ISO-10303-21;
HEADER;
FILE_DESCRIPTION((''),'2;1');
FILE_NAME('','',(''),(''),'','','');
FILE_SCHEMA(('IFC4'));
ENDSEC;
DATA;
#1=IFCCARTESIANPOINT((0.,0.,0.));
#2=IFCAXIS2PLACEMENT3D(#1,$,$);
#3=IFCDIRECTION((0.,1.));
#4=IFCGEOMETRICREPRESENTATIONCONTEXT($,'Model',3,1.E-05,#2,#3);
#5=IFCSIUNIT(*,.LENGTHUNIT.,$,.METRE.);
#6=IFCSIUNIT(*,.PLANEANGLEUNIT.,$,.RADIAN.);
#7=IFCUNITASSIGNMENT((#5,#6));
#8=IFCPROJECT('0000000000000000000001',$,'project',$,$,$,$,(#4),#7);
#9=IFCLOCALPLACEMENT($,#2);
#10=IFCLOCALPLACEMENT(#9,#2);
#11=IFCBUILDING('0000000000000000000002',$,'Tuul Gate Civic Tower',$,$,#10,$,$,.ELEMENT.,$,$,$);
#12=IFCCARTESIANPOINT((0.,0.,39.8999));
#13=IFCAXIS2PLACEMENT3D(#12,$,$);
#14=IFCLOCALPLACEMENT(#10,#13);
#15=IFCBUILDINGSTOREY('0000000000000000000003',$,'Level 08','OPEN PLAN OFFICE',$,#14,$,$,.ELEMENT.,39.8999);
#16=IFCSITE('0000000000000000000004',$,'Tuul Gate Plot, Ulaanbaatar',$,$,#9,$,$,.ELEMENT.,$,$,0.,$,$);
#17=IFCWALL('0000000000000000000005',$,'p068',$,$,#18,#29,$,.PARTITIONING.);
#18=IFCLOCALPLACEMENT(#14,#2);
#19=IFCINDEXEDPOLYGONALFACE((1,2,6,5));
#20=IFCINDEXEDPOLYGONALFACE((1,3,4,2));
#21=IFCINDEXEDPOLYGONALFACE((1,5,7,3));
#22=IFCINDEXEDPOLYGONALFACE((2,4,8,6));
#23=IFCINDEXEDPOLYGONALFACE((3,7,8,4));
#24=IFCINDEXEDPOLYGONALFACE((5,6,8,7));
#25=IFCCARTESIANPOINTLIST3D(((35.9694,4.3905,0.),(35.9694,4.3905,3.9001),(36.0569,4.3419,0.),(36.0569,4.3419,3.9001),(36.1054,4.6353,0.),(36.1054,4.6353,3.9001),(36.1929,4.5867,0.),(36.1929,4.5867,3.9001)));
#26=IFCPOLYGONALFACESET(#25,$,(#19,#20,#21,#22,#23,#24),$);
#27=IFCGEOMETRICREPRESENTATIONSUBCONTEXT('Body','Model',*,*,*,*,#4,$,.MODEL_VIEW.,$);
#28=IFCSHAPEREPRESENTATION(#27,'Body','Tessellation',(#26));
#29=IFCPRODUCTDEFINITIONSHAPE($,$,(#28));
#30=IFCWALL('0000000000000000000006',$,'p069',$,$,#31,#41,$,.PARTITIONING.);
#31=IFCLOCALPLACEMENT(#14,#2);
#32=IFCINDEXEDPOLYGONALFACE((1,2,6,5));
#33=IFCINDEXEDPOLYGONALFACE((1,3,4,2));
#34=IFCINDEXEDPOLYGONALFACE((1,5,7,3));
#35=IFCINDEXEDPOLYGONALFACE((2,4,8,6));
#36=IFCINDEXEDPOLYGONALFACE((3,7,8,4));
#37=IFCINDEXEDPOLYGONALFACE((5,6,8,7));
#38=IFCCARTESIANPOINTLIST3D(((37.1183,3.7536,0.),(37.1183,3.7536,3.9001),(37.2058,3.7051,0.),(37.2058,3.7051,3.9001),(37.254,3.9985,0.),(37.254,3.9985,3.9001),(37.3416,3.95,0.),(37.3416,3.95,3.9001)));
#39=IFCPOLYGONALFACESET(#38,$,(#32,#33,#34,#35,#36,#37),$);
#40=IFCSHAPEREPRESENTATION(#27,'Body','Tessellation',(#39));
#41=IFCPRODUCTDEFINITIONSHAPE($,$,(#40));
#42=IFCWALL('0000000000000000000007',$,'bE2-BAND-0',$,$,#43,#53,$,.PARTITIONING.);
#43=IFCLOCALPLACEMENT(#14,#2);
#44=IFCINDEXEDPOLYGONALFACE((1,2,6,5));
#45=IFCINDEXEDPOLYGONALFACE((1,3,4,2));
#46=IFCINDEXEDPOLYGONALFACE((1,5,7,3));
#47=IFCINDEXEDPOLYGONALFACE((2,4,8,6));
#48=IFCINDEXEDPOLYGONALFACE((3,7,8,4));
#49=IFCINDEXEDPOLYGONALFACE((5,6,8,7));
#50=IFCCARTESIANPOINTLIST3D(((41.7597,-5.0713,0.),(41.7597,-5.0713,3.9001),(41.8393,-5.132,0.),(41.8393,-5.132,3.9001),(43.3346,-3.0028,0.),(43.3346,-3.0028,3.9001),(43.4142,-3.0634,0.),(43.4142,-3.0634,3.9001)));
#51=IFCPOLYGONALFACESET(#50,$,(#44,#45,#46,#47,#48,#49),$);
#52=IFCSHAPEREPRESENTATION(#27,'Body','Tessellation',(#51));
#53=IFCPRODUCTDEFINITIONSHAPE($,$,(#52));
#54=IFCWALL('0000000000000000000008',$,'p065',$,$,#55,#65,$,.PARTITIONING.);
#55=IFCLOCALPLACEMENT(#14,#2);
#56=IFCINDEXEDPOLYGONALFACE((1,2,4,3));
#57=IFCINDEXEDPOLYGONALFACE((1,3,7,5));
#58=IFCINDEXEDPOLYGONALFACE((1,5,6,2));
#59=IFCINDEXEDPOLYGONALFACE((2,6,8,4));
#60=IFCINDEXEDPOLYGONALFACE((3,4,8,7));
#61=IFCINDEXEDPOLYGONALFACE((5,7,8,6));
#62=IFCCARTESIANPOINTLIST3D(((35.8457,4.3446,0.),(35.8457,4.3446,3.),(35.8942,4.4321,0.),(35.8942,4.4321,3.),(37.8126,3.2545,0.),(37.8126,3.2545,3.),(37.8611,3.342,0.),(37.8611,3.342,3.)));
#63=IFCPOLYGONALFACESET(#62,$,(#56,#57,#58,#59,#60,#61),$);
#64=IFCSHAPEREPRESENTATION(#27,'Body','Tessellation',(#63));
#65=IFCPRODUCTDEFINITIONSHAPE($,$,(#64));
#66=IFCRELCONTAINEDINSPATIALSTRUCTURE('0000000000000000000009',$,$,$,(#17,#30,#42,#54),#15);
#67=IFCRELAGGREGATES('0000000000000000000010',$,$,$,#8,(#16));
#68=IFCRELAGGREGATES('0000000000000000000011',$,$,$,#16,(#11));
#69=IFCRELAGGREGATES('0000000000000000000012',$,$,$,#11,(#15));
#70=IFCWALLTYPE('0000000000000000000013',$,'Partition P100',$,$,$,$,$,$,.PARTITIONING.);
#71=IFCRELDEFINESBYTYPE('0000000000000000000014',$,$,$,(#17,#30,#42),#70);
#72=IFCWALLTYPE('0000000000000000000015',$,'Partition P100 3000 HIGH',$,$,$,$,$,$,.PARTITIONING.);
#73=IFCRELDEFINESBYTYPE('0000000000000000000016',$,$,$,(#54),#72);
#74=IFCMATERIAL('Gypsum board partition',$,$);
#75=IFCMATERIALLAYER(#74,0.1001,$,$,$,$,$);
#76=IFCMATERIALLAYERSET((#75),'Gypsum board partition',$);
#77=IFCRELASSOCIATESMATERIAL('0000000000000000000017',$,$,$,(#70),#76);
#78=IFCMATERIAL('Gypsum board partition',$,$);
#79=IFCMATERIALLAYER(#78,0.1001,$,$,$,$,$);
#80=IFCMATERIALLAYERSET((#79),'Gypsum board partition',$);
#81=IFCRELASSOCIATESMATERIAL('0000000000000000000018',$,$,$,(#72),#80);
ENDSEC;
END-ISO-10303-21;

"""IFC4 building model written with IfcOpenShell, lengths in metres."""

from ifc_helpers import new_model, si_unit, direction, frame, frame_2d, origin, place, context, subcontext, project, spatial, rectangle, extrude, material, layer, layer_set, type_object, element, save


model = new_model("IFC4")

# Units and contexts
model_context = context("Model", 3, precision=1e-05, world=origin(), true_north=direction((0.0, 1.0)))
body_context = subcontext(model_context, "Body", "Model", "MODEL_VIEW")
ifc_project = project(units=[si_unit("LENGTHUNIT", "METRE"), si_unit("PLANEANGLEUNIT", "RADIAN")], contexts=[model_context])

# Site, building, storey
site_placement = place(None, origin())
site = spatial("IfcSite", under=ifc_project, at=site_placement, Name="Tuul Gate Plot, Ulaanbaatar", CompositionType="ELEMENT", RefElevation=0.0)
building_placement = place(site_placement, origin())
building = spatial("IfcBuilding", under=site, at=building_placement, Name="Tuul Gate Civic Tower", CompositionType="ELEMENT")
storey_placement = place(building_placement, frame((0.0, 0.0, 39.8999)))
storey = spatial("IfcBuildingStorey", under=building, at=storey_placement, Name="Level 08", Description="OPEN PLAN OFFICE", CompositionType="ELEMENT", Elevation=39.8999)

# Walls
ifc_material_1 = material(Name="Gypsum board partition")
ifc_layer_1 = layer(ifc_material_1, 0.1001)
ifc_layer_set_1 = layer_set([ifc_layer_1], Name="Gypsum board partition")
wall_type_1 = type_object("IfcWallType", Name="Partition P100", PredefinedType="PARTITIONING", material=ifc_layer_set_1)
for number, where, z_axis, x_axis, name in (
    (1, (36.1492, 4.6111, 0.0), (0.0, 0.0, 1.0), (-0.485495, -0.874239, 0.0), "p068"),
    (2, (37.2979, 3.9744, 0.0), (0.0, 0.0, 1.0), (-0.484828, -0.874609, 0.0), "p069"),
):
    element("IfcWall", number, at=place(storey_placement, frame(where, z_axis=z_axis, x_axis=x_axis)), inside=storey, type_object=wall_type_1, Name=name, PredefinedType="PARTITIONING", context=body_context, shape_type="SweptSolid", body=[
        extrude(rectangle(XDim=0.28, YDim=0.1001, at=frame_2d((0.1401, 0.0))), origin(), (0.0, 0.0, 1.0), 3.9001),
    ])
wall_1_placement = place(storey_placement, frame((41.7996, -5.1016, 0.0), z_axis=(0.0, 0.0, 1.0), x_axis=(0.605769, 0.795641, 0.0)))
element("IfcWall", 3, at=wall_1_placement, inside=storey, type_object=wall_type_1, Name="bE2-BAND-0", PredefinedType="PARTITIONING", context=body_context, shape_type="SweptSolid", body=[
    extrude(rectangle(XDim=2.5999, YDim=0.1001, at=frame_2d((1.2998, 0.0))), origin(), (0.0, 0.0, 1.0), 3.9001),
])
ifc_material_2 = material(Name="Gypsum board partition")
ifc_layer_2 = layer(ifc_material_2, 0.1001)
ifc_layer_set_2 = layer_set([ifc_layer_2], Name="Gypsum board partition")
wall_type_2 = type_object("IfcWallType", Name="Partition P100 3000 HIGH", PredefinedType="PARTITIONING", material=ifc_layer_set_2)
wall_2_placement = place(storey_placement, frame((35.8699, 4.3884, 0.0), z_axis=(0.0, 0.0, 1.0), x_axis=(0.874643, -0.484767, 0.0)))
element("IfcWall", 4, at=wall_2_placement, inside=storey, type_object=wall_type_2, Name="p065", PredefinedType="PARTITIONING", context=body_context, shape_type="SweptSolid", body=[
    extrude(rectangle(XDim=2.2488, YDim=0.1001, at=frame_2d((1.1245, 0.0))), origin(), (0.0, 0.0, 1.0), 3.0),
])

save(model, "model.ifc")
